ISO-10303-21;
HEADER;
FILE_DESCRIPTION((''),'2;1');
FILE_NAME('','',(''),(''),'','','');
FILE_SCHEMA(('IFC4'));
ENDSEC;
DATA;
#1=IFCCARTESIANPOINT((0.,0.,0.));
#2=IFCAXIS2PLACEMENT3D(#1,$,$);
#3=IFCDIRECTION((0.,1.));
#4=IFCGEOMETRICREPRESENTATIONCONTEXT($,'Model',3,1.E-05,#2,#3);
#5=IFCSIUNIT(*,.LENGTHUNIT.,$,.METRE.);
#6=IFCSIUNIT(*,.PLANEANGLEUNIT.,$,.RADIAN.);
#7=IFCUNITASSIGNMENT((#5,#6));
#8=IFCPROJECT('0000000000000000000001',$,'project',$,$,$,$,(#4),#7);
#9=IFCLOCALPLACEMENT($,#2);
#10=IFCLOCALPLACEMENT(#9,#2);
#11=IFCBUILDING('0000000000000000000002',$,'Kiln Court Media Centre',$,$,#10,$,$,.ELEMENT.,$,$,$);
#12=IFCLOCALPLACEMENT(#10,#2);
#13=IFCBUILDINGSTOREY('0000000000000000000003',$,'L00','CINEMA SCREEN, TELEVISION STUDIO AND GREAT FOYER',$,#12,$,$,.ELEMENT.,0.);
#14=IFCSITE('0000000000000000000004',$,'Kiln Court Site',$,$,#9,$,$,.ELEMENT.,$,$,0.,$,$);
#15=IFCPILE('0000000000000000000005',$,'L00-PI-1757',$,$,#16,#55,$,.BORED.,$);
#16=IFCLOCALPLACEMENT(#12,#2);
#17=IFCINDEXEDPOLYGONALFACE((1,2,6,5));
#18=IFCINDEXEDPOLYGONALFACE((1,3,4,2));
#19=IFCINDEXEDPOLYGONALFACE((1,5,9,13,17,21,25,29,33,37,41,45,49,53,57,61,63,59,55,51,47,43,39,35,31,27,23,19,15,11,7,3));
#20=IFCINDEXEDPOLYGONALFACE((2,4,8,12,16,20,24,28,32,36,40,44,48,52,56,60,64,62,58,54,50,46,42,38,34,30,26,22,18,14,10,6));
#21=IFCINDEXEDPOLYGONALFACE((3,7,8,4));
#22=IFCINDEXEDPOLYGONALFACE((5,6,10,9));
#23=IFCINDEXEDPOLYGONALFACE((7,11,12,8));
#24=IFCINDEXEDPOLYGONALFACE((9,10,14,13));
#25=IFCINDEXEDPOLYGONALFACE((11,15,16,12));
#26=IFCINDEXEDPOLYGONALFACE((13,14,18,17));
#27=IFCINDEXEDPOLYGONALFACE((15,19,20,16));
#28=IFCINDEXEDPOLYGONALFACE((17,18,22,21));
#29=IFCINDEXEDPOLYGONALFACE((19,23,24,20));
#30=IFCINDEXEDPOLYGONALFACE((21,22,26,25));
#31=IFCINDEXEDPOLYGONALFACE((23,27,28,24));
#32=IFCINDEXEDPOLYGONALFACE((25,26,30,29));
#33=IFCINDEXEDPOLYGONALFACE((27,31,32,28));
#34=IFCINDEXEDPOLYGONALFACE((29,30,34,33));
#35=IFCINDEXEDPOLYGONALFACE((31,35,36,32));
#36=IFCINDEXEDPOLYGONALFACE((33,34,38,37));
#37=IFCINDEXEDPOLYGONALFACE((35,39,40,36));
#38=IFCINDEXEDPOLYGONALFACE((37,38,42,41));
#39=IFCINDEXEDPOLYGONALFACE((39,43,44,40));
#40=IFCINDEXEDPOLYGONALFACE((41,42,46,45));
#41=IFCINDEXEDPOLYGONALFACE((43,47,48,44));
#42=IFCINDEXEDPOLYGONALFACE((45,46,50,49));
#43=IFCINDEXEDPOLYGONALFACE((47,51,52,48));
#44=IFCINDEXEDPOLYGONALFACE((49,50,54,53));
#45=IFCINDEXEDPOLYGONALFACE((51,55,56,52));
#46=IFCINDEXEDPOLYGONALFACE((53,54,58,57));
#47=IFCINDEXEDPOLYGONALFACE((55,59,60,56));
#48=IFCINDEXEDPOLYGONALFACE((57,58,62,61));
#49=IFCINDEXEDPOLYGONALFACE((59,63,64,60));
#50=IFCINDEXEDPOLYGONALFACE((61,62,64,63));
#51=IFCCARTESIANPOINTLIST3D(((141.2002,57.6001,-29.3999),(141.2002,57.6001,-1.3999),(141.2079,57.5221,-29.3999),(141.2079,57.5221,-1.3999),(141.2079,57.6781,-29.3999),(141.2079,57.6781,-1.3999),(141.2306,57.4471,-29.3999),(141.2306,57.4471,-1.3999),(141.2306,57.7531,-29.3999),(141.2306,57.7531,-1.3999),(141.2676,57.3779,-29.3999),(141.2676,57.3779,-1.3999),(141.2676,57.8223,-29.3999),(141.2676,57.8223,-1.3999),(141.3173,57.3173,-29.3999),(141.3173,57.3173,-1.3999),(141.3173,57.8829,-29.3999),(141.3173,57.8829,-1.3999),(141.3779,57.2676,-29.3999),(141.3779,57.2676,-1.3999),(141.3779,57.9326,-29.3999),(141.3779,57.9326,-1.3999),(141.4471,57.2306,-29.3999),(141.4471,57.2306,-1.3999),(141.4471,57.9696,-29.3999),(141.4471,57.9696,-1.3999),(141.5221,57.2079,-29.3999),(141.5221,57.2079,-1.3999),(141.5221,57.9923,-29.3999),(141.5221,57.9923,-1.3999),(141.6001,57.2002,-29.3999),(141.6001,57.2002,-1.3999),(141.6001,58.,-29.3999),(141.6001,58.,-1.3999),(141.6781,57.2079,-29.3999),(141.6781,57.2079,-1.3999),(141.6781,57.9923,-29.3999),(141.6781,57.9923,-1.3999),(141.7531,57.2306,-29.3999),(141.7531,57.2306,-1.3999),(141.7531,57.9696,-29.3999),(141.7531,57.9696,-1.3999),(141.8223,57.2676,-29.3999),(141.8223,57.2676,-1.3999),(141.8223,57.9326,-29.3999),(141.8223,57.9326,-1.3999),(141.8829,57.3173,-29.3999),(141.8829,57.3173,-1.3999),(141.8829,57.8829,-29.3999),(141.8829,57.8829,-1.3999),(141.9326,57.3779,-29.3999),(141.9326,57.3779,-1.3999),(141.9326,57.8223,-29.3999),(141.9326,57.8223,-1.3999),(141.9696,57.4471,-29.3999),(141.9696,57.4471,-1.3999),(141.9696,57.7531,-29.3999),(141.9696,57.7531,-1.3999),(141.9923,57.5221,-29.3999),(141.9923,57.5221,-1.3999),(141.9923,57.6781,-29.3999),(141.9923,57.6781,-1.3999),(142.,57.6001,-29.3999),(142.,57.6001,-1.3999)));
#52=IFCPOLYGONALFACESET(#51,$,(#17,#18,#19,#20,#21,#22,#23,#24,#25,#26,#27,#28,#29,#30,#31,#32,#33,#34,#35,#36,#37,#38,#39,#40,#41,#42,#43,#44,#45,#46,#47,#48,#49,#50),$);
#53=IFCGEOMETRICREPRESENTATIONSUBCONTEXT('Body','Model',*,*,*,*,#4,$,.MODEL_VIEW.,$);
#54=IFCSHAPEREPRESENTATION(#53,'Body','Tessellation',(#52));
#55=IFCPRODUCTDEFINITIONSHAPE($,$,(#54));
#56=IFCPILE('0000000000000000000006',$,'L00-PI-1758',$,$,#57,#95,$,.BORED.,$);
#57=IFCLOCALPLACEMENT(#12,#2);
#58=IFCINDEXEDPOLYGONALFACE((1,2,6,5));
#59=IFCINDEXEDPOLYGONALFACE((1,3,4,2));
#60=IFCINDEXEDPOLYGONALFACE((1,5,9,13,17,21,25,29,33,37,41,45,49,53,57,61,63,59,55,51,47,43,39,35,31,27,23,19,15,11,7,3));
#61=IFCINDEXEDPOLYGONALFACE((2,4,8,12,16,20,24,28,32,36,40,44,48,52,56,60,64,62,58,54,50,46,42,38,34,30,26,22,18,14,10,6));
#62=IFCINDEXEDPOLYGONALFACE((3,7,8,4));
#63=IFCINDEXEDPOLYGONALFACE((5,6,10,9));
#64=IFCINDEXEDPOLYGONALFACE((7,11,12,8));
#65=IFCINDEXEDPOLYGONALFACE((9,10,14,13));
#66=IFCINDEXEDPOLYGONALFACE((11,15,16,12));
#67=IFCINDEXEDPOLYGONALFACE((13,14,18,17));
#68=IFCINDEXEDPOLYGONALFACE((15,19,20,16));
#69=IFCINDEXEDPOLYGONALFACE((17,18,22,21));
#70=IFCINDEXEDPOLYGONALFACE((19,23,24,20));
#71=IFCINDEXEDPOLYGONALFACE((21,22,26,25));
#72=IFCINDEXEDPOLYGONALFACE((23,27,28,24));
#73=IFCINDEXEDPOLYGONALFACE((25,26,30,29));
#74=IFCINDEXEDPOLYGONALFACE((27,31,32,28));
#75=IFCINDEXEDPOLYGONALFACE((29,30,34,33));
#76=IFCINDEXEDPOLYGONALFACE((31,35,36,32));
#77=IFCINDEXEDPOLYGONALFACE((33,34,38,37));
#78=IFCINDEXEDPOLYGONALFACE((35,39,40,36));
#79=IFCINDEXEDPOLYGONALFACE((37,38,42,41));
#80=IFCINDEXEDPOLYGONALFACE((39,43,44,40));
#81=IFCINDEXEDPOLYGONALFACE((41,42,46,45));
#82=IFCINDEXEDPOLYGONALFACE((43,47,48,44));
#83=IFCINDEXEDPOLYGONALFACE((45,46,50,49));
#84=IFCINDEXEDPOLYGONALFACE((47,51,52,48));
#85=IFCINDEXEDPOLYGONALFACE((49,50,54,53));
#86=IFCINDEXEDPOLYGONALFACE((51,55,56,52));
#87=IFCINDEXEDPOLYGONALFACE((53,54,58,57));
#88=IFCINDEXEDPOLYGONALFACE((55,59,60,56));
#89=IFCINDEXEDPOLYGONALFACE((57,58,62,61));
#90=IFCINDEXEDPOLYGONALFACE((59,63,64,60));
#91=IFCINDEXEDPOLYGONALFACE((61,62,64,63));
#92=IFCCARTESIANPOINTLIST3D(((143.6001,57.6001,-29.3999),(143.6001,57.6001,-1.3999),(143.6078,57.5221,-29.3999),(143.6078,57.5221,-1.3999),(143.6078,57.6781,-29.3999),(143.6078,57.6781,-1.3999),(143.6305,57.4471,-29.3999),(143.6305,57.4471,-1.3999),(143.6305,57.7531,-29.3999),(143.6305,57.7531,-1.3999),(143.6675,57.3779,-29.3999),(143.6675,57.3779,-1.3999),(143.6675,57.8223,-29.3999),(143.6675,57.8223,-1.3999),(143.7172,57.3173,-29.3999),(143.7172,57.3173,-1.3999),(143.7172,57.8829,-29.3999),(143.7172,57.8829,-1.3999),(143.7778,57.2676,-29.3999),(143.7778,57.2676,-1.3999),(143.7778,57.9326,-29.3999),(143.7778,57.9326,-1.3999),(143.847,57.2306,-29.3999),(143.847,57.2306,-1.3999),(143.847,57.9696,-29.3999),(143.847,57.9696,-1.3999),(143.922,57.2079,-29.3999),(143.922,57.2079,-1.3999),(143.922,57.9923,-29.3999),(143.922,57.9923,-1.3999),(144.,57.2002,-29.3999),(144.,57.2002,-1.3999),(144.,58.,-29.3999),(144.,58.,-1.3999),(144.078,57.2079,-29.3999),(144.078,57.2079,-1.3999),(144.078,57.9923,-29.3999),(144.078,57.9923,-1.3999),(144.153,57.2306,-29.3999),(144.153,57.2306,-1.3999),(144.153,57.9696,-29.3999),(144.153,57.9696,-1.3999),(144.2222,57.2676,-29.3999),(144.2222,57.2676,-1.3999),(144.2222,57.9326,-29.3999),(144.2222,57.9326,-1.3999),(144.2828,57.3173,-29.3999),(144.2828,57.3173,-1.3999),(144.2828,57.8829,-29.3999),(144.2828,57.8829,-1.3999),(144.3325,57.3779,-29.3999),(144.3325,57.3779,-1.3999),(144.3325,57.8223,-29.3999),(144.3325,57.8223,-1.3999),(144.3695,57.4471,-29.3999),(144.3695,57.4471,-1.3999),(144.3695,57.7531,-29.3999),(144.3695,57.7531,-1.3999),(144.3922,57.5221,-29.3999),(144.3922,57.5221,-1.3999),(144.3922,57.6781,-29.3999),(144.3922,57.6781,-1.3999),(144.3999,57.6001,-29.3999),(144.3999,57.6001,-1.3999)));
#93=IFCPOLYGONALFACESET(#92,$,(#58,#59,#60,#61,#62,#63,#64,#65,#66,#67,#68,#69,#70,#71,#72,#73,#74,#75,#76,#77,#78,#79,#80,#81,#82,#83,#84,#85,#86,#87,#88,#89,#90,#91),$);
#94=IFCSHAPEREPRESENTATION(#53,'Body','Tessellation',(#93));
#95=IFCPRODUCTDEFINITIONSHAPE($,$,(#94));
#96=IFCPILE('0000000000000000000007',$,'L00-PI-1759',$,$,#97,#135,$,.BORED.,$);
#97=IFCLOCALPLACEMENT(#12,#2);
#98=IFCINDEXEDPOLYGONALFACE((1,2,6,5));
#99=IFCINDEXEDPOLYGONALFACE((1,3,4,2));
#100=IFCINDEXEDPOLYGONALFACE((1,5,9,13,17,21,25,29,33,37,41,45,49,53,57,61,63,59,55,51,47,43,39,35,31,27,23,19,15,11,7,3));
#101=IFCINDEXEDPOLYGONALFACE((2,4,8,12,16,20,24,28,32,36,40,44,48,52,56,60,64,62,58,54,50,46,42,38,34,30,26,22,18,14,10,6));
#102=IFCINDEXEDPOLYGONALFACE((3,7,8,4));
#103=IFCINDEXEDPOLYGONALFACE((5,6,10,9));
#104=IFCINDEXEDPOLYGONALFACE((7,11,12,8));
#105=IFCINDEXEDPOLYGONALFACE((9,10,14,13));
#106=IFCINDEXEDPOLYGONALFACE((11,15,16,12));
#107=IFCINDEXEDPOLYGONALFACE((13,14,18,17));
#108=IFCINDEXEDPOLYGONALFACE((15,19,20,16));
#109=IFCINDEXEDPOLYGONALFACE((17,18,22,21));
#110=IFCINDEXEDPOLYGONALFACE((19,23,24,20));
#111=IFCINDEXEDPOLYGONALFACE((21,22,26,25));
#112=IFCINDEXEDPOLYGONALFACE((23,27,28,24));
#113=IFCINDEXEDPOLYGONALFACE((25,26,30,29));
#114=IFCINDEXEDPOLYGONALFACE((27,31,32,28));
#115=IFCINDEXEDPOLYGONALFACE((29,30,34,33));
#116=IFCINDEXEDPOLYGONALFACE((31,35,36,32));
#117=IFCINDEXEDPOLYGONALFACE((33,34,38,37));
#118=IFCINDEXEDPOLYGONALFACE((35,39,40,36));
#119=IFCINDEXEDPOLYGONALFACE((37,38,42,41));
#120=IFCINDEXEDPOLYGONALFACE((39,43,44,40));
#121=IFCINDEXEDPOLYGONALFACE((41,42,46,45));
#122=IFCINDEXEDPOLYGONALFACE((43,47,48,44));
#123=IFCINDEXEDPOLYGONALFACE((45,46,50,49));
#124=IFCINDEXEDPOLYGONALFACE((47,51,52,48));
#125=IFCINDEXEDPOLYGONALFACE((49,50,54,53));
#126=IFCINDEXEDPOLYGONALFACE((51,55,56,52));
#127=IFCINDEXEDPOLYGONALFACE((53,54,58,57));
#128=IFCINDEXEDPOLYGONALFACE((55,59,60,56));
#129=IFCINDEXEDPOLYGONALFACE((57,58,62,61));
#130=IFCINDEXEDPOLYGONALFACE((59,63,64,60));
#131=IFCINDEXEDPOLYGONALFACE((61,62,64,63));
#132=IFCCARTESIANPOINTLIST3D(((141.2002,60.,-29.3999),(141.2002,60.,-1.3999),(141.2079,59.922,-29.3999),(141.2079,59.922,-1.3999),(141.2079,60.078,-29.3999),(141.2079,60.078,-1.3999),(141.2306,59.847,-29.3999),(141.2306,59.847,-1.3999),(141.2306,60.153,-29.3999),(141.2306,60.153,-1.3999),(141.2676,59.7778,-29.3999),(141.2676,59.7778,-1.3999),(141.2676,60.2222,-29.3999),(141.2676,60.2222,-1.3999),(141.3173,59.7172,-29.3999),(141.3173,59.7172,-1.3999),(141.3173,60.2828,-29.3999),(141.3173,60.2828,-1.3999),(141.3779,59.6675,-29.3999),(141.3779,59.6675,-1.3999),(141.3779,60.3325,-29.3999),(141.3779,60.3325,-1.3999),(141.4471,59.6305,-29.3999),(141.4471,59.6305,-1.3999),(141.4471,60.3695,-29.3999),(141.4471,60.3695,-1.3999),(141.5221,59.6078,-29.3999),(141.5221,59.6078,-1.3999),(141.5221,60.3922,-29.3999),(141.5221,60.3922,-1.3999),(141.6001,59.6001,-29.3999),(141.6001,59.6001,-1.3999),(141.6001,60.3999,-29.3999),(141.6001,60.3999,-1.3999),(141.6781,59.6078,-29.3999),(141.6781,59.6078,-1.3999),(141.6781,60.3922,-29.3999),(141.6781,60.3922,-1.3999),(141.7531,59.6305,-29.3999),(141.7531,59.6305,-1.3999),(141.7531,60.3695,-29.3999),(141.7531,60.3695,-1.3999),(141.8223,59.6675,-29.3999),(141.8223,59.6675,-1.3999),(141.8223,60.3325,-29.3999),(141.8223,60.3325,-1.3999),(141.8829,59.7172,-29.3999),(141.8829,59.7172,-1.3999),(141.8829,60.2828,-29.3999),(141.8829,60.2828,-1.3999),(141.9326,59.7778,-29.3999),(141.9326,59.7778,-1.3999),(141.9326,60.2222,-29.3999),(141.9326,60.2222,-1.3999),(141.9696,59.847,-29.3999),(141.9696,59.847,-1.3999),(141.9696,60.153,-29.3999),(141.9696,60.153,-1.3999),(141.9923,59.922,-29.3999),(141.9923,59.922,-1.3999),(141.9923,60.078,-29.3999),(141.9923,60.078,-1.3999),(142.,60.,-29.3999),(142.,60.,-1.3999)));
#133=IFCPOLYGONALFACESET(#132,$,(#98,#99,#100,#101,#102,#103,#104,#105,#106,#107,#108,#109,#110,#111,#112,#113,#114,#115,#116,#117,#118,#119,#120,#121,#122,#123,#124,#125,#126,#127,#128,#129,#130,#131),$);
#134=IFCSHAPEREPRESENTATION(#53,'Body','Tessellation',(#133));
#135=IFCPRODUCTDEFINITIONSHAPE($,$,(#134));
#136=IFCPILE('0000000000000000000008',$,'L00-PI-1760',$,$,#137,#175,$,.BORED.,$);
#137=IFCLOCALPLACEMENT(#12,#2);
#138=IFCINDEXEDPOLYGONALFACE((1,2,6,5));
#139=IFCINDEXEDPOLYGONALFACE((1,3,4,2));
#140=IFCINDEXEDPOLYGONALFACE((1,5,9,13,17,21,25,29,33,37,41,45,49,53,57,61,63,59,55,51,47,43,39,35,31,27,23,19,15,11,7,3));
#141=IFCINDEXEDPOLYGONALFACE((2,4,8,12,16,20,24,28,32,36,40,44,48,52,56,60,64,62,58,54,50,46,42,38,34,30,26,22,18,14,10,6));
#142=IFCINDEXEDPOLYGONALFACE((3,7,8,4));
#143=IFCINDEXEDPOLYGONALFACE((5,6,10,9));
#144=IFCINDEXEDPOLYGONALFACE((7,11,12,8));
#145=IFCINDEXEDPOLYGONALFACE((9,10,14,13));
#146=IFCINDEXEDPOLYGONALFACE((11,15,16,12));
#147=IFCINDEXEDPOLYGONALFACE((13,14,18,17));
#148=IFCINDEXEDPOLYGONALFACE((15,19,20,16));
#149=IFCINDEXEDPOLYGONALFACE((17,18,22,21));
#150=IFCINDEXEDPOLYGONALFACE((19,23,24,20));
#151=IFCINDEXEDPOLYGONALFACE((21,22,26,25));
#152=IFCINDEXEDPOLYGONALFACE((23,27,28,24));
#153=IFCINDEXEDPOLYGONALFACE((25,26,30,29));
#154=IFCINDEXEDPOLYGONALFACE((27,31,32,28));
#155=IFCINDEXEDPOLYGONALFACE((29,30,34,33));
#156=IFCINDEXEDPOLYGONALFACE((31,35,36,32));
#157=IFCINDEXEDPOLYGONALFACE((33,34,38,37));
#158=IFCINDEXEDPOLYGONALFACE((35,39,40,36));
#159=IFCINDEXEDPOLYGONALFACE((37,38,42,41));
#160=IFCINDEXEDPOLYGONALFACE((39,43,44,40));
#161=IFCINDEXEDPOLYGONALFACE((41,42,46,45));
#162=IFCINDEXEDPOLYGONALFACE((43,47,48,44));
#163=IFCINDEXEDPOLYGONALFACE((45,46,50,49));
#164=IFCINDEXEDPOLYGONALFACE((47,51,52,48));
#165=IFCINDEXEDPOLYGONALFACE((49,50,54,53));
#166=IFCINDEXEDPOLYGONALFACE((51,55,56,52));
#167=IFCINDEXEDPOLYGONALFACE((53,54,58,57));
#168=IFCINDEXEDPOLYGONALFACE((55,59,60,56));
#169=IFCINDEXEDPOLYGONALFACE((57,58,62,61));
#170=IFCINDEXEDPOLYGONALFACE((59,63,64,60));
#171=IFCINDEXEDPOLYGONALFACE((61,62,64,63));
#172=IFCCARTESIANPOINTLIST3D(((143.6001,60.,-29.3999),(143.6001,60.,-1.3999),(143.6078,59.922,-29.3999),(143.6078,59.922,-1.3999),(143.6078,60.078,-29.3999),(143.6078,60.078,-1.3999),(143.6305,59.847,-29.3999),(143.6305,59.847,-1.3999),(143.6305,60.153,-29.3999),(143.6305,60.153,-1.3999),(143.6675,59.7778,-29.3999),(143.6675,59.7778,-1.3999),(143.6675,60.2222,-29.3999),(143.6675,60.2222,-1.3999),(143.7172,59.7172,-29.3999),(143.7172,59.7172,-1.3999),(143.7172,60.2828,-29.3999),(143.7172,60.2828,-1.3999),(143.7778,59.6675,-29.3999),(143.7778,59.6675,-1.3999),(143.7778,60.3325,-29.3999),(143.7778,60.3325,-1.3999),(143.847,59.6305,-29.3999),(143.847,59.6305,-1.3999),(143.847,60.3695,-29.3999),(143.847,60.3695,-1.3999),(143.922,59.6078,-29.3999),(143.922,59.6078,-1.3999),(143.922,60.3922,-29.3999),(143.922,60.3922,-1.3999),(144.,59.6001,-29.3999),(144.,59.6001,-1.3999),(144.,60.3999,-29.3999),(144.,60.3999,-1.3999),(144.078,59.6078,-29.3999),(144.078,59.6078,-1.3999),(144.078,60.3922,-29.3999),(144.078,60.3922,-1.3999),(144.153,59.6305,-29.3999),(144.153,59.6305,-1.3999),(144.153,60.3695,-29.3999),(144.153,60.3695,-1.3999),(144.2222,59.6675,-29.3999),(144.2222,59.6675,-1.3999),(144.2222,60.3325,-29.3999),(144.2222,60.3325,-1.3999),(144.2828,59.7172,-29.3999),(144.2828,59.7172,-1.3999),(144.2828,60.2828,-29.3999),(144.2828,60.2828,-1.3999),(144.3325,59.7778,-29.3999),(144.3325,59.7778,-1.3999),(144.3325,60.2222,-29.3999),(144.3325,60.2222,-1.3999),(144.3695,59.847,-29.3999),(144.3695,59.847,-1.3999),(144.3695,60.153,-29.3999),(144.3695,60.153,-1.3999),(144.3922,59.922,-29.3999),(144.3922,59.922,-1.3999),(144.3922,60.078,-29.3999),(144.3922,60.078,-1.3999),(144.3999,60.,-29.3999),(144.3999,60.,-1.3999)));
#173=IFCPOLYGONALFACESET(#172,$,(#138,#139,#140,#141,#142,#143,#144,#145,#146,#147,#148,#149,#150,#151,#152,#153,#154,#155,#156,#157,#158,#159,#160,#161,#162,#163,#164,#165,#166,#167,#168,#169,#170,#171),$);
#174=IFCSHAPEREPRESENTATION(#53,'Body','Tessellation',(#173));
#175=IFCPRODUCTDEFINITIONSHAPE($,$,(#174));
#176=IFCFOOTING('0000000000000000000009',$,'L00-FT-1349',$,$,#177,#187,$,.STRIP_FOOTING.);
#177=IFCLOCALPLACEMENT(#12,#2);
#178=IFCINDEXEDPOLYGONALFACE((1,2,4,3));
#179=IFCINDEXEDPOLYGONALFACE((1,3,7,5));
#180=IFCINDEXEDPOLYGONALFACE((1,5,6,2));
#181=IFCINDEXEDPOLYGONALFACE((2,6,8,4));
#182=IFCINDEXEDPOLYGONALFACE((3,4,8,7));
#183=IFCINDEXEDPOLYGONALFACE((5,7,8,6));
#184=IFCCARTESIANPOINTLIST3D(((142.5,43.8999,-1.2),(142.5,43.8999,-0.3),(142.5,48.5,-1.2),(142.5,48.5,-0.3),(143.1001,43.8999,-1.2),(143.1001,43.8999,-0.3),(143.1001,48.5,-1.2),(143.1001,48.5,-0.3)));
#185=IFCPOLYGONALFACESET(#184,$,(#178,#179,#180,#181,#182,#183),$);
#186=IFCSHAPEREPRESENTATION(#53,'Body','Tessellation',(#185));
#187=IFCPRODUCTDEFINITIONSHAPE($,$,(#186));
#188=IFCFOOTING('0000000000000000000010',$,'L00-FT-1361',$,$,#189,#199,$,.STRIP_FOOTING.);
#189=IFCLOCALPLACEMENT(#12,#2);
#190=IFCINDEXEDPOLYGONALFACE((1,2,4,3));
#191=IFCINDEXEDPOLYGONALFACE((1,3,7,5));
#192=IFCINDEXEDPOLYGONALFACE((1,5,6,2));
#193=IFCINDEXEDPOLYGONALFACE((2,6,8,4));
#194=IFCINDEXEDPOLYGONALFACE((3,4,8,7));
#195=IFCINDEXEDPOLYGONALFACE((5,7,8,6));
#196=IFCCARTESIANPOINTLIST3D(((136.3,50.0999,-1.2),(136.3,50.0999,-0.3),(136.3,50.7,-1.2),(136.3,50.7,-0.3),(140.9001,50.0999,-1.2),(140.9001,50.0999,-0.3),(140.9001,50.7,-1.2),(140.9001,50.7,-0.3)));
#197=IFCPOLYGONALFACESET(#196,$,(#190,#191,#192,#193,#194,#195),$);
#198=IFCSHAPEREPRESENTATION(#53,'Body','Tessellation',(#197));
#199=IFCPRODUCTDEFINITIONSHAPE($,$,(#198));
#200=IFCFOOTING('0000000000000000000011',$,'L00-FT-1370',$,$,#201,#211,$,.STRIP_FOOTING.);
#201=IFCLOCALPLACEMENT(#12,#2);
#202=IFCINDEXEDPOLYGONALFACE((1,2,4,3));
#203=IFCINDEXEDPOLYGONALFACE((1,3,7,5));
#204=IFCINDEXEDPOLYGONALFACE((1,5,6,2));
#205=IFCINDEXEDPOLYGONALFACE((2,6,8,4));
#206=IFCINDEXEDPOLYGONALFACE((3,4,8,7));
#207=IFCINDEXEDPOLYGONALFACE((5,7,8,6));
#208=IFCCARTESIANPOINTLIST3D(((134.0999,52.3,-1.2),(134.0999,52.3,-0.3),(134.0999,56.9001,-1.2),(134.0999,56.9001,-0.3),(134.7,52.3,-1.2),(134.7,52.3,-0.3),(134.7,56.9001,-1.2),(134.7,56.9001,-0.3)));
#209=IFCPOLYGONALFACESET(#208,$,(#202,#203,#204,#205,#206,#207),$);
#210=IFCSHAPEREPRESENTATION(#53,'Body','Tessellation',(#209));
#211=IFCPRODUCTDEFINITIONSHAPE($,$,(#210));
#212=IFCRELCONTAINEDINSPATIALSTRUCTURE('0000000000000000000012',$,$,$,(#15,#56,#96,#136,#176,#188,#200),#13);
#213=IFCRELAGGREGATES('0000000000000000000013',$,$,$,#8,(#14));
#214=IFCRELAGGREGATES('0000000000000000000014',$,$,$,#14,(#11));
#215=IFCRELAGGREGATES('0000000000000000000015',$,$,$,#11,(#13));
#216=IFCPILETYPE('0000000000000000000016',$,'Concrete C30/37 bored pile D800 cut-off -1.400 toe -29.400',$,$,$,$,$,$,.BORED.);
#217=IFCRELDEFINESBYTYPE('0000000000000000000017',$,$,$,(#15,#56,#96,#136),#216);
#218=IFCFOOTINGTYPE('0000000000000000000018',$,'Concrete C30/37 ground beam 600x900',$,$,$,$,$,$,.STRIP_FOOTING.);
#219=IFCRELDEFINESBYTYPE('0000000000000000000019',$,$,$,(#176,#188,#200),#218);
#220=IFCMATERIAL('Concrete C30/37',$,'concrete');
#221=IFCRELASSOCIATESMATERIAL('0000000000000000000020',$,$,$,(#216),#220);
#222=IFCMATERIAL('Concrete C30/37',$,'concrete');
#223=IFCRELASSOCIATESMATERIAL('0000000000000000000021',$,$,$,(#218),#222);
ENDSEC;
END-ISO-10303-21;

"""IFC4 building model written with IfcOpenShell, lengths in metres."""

from ifc_helpers import new_model, si_unit, direction, frame, origin, origin_2d, place, context, subcontext, project, spatial, rectangle, circle, extrude, material, material_profile, profile_set, type_object, element, save


model = new_model("IFC4")

# Units and contexts
model_context = context("Model", 3, precision=1e-05, world=origin(), true_north=direction((0.0, 1.0)))
body_context = subcontext(model_context, "Body", "Model", "MODEL_VIEW")
ifc_project = project(units=[si_unit("LENGTHUNIT", "METRE"), si_unit("PLANEANGLEUNIT", "RADIAN")], contexts=[model_context])

# Site, building, storey
site_placement = place(None, origin())
site = spatial("IfcSite", under=ifc_project, at=site_placement, Name="Kiln Court Site", CompositionType="ELEMENT", RefElevation=0.0)
building_placement = place(site_placement, origin())
building = spatial("IfcBuilding", under=site, at=building_placement, Name="Kiln Court Media Centre", CompositionType="ELEMENT")
storey_placement = place(building_placement, origin())
storey = spatial("IfcBuildingStorey", under=building, at=storey_placement, Name="L00", Description="CINEMA SCREEN, TELEVISION STUDIO AND GREAT FOYER", CompositionType="ELEMENT", Elevation=0.0)

# Piles
ifc_material_1 = material(Name="Concrete C30/37", Category="concrete")
ifc_material_profile_1 = material_profile(ifc_material_1, circle(Radius=0.3999, at=origin_2d()), Name="PILE D800")
ifc_profile_set_1 = profile_set([ifc_material_profile_1], Name="Concrete C30/37")
pile_type = type_object("IfcPileType", Name="Concrete C30/37 bored pile D800 cut-off -1.400 toe -29.400", PredefinedType="BORED", material=ifc_profile_set_1)
for number, where, z_axis, x_axis, name in (
    (1, (141.6001, 57.6001, -1.3999), (0.0, 0.0, -1.0), (1.0, 0.0, 0.0), "L00-PI-1757"),
    (2, (144.0, 57.6001, -1.3999), (0.0, 0.0, -1.0), (1.0, 0.0, 0.0), "L00-PI-1758"),
    (3, (141.6001, 60.0, -1.3999), (0.0, 0.0, -1.0), (1.0, 0.0, 0.0), "L00-PI-1759"),
    (4, (144.0, 60.0, -1.3999), (0.0, 0.0, -1.0), (1.0, 0.0, 0.0), "L00-PI-1760"),
):
    element("IfcPile", number, at=place(storey_placement, frame(where, z_axis=z_axis, x_axis=x_axis)), inside=storey, type_object=pile_type, Name=name, PredefinedType="BORED", context=body_context, shape_type="SweptSolid", body=[
        extrude(circle(Radius=0.3999, at=origin_2d()), origin(), (0.0, 0.0, 1.0), 28.0),
    ])

# Footings
ifc_material_2 = material(Name="Concrete C30/37", Category="concrete")
footing_type_1 = type_object("IfcFootingType", Name="Concrete C30/37 ground beam 600x900", PredefinedType="STRIP_FOOTING", material=ifc_material_2)
footing_1_placement = place(storey_placement, frame((142.8, 46.2, -1.2), z_axis=(0.0, 0.0, 1.0), x_axis=(1.0, 0.0, 0.0)))
element("IfcFooting", 5, at=footing_1_placement, inside=storey, type_object=footing_type_1, Name="L00-FT-1349", PredefinedType="STRIP_FOOTING", context=body_context, shape_type="SweptSolid", body=[
    extrude(rectangle(XDim=0.6001, YDim=4.6001, at=origin_2d()), origin(), (0.0, 0.0, 1.0), 0.8999),
])
footing_2_placement = place(storey_placement, frame((138.6001, 50.3999, -1.2), z_axis=(0.0, 0.0, 1.0), x_axis=(1.0, 0.0, 0.0)))
element("IfcFooting", 6, at=footing_2_placement, inside=storey, type_object=footing_type_1, Name="L00-FT-1361", PredefinedType="STRIP_FOOTING", context=body_context, shape_type="SweptSolid", body=[
    extrude(rectangle(XDim=4.6001, YDim=0.6001, at=origin_2d()), origin(), (0.0, 0.0, 1.0), 0.8999),
])
for number, where, z_axis, x_axis, name in (
    (7, (134.3999, 54.6001, -1.2), (0.0, 0.0, 1.0), (1.0, 0.0, 0.0), "L00-FT-1370"),
):
    element("IfcFooting", number, at=place(storey_placement, frame(where, z_axis=z_axis, x_axis=x_axis)), inside=storey, type_object=footing_type_1, Name=name, PredefinedType="STRIP_FOOTING", context=body_context, shape_type="SweptSolid", body=[
        extrude(rectangle(XDim=0.6001, YDim=4.6001, at=origin_2d()), origin(), (0.0, 0.0, 1.0), 0.8999),
    ])

save(model, "model.ifc")
